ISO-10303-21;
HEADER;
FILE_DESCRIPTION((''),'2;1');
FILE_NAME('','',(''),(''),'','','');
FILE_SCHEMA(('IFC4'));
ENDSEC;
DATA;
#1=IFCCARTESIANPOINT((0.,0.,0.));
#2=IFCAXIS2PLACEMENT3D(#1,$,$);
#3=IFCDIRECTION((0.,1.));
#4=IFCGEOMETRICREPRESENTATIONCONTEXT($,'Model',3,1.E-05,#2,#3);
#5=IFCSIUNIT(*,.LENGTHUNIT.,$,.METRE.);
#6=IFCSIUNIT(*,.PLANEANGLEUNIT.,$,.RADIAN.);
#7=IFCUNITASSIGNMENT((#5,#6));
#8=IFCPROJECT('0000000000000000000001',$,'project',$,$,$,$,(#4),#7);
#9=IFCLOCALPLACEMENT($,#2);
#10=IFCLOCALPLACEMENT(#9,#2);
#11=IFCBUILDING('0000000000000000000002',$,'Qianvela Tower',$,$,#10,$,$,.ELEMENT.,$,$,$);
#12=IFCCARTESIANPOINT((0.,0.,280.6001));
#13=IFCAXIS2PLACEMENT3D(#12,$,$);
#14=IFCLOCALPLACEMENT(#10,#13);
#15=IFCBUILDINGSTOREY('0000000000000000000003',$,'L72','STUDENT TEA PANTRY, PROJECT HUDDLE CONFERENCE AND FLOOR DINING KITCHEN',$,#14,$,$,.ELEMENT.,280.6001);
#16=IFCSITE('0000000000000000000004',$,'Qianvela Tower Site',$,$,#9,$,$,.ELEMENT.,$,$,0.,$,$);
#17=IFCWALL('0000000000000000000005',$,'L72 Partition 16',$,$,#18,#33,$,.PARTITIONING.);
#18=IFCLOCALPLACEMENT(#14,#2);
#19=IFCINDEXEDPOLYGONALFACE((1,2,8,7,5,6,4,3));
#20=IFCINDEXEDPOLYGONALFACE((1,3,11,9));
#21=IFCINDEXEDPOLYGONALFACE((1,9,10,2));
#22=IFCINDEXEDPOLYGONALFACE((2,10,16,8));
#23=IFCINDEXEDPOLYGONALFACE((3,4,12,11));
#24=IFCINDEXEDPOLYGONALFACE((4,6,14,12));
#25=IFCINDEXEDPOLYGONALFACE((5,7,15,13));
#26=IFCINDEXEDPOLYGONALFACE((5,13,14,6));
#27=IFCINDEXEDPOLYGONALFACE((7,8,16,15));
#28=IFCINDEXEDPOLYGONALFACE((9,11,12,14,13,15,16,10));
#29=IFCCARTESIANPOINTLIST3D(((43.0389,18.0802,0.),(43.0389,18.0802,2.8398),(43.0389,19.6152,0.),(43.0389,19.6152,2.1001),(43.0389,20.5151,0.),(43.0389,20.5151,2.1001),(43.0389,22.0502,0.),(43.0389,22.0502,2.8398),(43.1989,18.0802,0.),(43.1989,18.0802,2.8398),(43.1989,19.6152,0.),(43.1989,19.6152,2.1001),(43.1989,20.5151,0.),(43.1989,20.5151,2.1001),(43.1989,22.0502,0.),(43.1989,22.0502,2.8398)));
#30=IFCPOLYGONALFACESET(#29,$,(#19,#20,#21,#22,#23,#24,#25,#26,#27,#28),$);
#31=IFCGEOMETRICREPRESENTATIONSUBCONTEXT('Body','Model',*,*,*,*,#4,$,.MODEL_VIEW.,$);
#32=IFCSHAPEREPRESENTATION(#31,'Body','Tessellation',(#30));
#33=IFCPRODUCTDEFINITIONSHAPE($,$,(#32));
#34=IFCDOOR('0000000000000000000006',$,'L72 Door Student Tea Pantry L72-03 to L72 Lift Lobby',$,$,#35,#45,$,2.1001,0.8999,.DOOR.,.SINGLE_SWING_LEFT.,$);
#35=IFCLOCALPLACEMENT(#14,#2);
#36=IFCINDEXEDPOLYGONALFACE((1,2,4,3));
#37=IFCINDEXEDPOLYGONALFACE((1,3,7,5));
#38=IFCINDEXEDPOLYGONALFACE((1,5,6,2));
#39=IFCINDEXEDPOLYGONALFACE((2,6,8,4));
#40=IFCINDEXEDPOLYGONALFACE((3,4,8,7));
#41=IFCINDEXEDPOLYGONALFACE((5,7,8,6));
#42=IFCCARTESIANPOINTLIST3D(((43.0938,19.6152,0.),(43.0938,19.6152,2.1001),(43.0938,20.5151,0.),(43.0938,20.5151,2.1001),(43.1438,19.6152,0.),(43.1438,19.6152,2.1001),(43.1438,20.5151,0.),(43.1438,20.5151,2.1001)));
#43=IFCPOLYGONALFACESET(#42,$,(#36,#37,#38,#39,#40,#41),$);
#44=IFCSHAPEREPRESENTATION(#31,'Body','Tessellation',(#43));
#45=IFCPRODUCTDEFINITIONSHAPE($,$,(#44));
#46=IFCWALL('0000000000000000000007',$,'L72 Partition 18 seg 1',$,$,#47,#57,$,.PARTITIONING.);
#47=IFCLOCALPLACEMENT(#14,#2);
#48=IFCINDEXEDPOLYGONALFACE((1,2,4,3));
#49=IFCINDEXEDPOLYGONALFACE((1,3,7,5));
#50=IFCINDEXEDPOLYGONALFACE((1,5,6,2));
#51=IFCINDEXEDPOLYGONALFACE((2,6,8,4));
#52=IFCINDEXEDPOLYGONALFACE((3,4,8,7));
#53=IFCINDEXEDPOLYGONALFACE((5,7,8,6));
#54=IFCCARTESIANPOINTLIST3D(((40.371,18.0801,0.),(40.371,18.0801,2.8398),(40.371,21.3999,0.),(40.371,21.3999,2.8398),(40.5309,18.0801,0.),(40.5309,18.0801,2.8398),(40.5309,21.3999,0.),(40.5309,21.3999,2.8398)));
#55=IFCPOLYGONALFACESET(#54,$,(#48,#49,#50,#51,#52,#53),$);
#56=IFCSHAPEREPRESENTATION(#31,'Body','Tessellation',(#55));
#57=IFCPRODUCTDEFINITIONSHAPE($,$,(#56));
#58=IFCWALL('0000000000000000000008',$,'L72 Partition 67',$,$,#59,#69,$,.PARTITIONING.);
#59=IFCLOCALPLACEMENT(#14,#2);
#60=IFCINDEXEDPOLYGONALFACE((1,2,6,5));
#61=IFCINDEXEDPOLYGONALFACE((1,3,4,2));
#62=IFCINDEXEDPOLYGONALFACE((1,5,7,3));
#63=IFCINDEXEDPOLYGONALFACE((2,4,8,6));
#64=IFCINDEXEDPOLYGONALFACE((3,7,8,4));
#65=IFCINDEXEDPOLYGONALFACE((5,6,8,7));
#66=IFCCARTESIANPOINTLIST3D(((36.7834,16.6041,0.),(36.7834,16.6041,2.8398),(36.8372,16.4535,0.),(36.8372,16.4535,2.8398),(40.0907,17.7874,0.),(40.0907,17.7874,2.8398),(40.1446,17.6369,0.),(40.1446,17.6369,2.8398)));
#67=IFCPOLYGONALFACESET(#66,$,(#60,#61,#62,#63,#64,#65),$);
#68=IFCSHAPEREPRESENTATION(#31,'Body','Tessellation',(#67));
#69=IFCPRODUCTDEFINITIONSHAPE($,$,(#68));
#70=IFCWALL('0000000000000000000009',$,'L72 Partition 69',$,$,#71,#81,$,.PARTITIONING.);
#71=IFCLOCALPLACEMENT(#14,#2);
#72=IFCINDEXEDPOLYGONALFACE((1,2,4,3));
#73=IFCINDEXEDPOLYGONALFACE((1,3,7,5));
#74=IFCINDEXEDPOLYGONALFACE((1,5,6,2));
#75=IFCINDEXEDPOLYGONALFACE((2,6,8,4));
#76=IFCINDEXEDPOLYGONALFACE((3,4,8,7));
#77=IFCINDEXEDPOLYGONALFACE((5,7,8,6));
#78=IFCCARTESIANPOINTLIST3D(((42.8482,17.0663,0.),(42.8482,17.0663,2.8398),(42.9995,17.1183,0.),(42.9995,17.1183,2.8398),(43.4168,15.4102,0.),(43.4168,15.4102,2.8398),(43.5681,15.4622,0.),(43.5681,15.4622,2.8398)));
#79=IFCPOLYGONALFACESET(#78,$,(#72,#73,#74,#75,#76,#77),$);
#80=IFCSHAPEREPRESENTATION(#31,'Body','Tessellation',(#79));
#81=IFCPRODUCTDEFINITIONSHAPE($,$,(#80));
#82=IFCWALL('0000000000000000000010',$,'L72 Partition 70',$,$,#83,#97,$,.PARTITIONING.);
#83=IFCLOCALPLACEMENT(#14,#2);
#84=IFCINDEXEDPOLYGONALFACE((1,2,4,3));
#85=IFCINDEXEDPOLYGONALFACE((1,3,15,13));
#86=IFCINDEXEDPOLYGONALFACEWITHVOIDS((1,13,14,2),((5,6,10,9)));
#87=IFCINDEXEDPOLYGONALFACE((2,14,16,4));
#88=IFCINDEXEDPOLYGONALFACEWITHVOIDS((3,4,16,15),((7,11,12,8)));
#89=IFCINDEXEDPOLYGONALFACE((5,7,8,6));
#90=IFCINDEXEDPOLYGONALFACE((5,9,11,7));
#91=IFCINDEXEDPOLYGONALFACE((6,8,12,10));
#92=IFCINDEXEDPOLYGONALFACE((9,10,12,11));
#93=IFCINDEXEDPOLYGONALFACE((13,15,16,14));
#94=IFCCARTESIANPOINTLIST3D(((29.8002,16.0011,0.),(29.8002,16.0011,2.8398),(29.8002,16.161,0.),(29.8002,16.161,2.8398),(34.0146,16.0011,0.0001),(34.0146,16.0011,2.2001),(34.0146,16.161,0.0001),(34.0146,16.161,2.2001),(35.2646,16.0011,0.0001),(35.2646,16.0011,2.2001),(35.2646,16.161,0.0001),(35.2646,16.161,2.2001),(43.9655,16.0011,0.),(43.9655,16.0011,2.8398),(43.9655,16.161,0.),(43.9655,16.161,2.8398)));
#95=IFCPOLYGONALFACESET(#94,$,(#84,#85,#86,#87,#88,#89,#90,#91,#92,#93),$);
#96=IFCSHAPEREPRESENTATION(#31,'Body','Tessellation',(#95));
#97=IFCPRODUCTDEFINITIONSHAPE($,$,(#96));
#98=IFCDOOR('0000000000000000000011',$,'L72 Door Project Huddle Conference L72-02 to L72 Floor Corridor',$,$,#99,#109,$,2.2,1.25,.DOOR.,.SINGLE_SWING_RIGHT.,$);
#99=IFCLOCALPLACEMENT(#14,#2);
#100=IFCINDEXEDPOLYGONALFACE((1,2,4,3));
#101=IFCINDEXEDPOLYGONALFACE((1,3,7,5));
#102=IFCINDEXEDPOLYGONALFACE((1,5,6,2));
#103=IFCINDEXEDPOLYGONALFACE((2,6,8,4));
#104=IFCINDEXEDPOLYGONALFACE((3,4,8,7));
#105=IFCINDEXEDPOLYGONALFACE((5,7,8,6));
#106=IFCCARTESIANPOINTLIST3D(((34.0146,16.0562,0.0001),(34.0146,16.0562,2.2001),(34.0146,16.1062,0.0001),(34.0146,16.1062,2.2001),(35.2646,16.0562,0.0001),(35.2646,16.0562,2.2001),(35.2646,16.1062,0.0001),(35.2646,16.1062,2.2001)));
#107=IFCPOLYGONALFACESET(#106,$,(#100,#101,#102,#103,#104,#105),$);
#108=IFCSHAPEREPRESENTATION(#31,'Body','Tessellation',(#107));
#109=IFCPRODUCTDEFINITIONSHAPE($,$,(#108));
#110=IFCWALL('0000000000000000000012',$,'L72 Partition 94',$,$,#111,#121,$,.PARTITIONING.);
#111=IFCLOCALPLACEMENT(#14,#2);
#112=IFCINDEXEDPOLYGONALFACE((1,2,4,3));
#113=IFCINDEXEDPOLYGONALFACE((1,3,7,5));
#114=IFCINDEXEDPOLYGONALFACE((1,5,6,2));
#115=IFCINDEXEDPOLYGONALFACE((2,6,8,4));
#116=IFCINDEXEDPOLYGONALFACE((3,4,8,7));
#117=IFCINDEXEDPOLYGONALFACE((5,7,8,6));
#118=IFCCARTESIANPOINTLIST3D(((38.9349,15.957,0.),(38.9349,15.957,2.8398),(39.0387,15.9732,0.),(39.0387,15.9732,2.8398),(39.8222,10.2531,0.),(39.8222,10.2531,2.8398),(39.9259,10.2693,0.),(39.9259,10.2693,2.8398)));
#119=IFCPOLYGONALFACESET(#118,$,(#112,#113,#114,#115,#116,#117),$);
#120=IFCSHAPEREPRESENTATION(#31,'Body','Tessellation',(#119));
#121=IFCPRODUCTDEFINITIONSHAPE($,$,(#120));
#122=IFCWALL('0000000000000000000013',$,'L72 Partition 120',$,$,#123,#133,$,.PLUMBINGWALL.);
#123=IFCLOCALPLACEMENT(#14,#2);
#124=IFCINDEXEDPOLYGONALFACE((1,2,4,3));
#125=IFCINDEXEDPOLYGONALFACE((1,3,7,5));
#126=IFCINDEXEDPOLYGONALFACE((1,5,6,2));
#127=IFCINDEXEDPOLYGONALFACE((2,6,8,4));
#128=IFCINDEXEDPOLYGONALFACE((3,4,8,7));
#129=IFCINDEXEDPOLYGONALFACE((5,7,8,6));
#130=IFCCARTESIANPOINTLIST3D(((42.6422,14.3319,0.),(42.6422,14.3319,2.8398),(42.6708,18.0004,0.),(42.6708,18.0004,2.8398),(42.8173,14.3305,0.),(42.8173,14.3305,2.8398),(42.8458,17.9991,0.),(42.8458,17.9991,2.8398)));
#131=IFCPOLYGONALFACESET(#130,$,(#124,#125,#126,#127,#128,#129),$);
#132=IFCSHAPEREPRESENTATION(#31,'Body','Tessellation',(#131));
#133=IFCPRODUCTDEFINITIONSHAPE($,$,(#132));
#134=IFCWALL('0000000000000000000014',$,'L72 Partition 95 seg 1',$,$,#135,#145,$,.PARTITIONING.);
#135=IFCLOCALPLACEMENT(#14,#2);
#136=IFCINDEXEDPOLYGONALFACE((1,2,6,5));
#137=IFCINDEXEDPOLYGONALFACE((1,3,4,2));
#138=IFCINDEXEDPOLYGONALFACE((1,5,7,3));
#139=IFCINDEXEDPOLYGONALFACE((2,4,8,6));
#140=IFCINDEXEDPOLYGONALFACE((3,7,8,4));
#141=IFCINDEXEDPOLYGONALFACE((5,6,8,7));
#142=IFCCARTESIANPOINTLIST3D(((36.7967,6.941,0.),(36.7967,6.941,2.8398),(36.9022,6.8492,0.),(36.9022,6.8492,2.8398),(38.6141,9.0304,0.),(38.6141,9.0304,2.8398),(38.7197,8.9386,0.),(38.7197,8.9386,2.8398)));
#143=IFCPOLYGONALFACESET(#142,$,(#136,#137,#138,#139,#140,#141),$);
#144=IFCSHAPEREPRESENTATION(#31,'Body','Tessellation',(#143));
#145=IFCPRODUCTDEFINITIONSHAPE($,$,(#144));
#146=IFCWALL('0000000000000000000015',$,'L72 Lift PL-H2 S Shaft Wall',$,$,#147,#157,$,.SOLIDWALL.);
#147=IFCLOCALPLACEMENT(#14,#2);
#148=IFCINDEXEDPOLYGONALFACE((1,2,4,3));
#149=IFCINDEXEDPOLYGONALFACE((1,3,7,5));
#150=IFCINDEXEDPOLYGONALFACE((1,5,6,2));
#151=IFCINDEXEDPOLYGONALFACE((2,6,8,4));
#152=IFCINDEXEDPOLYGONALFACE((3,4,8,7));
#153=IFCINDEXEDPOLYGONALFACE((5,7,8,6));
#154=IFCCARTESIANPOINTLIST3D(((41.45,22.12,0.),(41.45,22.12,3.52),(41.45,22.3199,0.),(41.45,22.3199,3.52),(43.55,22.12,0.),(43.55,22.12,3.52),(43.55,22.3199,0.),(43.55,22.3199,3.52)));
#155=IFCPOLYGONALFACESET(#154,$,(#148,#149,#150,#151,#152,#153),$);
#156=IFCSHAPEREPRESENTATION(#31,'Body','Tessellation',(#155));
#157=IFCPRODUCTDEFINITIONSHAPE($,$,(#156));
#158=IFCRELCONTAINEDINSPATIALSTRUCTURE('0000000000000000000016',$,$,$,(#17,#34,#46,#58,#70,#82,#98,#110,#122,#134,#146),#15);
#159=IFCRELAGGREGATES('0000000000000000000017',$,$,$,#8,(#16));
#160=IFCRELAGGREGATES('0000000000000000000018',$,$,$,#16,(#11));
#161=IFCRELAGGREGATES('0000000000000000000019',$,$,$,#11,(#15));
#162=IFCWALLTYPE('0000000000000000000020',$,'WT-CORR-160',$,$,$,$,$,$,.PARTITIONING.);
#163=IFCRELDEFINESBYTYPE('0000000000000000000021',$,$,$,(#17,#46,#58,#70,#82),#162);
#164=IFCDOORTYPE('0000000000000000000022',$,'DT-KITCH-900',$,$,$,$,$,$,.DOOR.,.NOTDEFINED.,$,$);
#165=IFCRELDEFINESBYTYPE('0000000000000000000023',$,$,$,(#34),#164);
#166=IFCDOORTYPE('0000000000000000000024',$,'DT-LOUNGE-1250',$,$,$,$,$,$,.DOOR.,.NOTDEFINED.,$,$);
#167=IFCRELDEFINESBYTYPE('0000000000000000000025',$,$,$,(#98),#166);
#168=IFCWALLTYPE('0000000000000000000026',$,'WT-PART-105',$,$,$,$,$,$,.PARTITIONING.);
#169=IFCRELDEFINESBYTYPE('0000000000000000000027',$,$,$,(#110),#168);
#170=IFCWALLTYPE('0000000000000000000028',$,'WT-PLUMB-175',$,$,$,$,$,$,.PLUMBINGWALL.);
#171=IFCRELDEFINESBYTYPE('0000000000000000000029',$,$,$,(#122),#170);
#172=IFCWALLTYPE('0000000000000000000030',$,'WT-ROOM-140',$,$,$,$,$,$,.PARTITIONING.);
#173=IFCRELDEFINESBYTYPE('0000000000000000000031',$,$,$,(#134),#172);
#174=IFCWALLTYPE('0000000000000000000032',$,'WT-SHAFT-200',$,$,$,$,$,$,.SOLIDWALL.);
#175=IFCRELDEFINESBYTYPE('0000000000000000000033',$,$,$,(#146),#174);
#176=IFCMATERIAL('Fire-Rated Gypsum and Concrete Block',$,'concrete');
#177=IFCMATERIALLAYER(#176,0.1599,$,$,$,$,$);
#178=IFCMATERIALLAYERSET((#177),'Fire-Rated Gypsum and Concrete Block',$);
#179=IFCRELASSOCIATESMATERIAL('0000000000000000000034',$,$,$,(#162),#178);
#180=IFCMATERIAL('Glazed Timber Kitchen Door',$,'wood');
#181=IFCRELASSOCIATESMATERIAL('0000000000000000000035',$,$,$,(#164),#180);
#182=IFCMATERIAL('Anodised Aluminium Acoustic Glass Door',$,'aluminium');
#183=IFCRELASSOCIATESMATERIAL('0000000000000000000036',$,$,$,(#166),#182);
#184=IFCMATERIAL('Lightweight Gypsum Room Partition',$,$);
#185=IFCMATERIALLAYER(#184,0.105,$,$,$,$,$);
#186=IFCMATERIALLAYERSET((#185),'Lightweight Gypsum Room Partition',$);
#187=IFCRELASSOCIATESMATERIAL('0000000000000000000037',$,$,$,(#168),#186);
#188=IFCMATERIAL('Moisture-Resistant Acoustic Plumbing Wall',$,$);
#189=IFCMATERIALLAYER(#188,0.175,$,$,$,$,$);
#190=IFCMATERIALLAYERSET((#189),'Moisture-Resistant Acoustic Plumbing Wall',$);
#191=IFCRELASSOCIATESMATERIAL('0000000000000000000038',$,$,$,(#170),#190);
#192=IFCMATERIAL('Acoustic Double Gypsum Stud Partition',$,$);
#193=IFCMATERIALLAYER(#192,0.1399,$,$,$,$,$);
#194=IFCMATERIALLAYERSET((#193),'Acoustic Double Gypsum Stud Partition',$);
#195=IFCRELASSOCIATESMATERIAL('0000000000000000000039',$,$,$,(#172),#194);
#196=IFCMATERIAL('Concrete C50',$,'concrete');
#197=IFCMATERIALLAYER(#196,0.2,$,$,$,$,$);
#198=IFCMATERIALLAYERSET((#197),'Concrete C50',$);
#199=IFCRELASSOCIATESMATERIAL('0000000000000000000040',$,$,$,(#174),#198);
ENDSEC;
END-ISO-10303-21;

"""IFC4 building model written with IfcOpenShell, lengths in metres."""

from ifc_helpers import new_model, si_unit, direction, frame, frame_2d, origin, place, context, subcontext, project, spatial, rectangle, extrude, material, layer, layer_set, type_object, element, fill, save


model = new_model("IFC4")

# Units and contexts
model_context = context("Model", 3, precision=1e-05, world=origin(), true_north=direction((0.0, 1.0)))
body_context = subcontext(model_context, "Body", "Model", "MODEL_VIEW")
ifc_project = project(units=[si_unit("LENGTHUNIT", "METRE"), si_unit("PLANEANGLEUNIT", "RADIAN")], contexts=[model_context])

# Site, building, storey
site_placement = place(None, origin())
site = spatial("IfcSite", under=ifc_project, at=site_placement, Name="Qianvela Tower Site", CompositionType="ELEMENT", RefElevation=0.0)
building_placement = place(site_placement, origin())
building = spatial("IfcBuilding", under=site, at=building_placement, Name="Qianvela Tower", CompositionType="ELEMENT")
storey_placement = place(building_placement, frame((0.0, 0.0, 280.6001)))
storey = spatial("IfcBuildingStorey", under=building, at=storey_placement, Name="L72", Description="STUDENT TEA PANTRY, PROJECT HUDDLE CONFERENCE AND FLOOR DINING KITCHEN", CompositionType="ELEMENT", Elevation=280.6001)

# Shared definitions
ifc_material_1 = material(Name="Fire-Rated Gypsum and Concrete Block", Category="concrete")
ifc_layer_1 = layer(ifc_material_1, 0.1599)
ifc_layer_set_1 = layer_set([ifc_layer_1], Name="Fire-Rated Gypsum and Concrete Block")
wall_type_1 = type_object("IfcWallType", Name="WT-CORR-160", PredefinedType="PARTITIONING", material=ifc_layer_set_1)

# Wall, opening, door
wall_1_placement = place(storey_placement, frame((43.1189, 22.05, 0.0), z_axis=(0.0, 0.0, 1.0), x_axis=(0.0, -1.0, 0.0)))
wall_1 = element("IfcWall", 1, at=wall_1_placement, inside=storey, type_object=wall_type_1, Name="L72 Partition 16", PredefinedType="PARTITIONING", context=body_context, shape_type="SweptSolid", body=[
    extrude(rectangle(XDim=3.97, YDim=0.1599, at=frame_2d((1.9849, 0.0))), origin(), (0.0, 0.0, 1.0), 2.8398),
])
opening_1_placement = place(wall_1_placement, frame((1.5349, 0.0, 0.0)))
opening_1 = element("IfcOpeningElement", 2, at=opening_1_placement, cuts=wall_1, PredefinedType="OPENING", context=body_context, shape_type="SweptSolid", body=[
    extrude(rectangle(XDim=0.8999, YDim=2.1001, at=frame_2d((0.45, 1.05))), frame((0.0, 0.0898, 0.0), z_axis=(0.0, -1.0, 0.0), x_axis=(1.0, 0.0, 0.0)), (0.0, 0.0, 1.0), 0.1799),
])
ifc_material_2 = material(Name="Glazed Timber Kitchen Door", Category="wood")
door_type_1 = type_object("IfcDoorType", Name="DT-KITCH-900", OperationType="NOTDEFINED", PredefinedType="DOOR", material=ifc_material_2)
door_1_placement = place(opening_1_placement, origin())
door_1 = element("IfcDoor", 3, at=door_1_placement, inside=storey, type_object=door_type_1, Name="L72 Door Student Tea Pantry L72-03 to L72 Lift Lobby", OperationType="SINGLE_SWING_LEFT", OverallHeight=2.1001, OverallWidth=0.8999, PredefinedType="DOOR", context=body_context, shape_type="SweptSolid", body=[
    extrude(rectangle(XDim=0.8999, YDim=2.1001, at=frame_2d((0.45, 1.05))), frame((0.0, 0.0249, 0.0), z_axis=(0.0, -1.0, 0.0), x_axis=(1.0, 0.0, 0.0)), (0.0, 0.0, 1.0), 0.05),
])
fill(opening_1, door_1)

# Walls
wall_2_placement = place(storey_placement, frame((40.4509, 18.0801, 0.0), z_axis=(0.0, 0.0, 1.0), x_axis=(0.0, 1.0, 0.0)))
element("IfcWall", 4, at=wall_2_placement, inside=storey, type_object=wall_type_1, Name="L72 Partition 18 seg 1", PredefinedType="PARTITIONING", context=body_context, shape_type="SweptSolid", body=[
    extrude(rectangle(XDim=3.3198, YDim=0.1599, at=frame_2d((1.6599, 0.0))), origin(), (0.0, 0.0, 1.0), 2.8398),
])
wall_3_placement = place(storey_placement, frame((36.8103, 16.5288, 0.0), z_axis=(0.0, 0.0, 1.0), x_axis=(0.941548, 0.336878, 0.0)))
element("IfcWall", 5, at=wall_3_placement, inside=storey, type_object=wall_type_1, Name="L72 Partition 67", PredefinedType="PARTITIONING", context=body_context, shape_type="SweptSolid", body=[
    extrude(rectangle(XDim=3.5127, YDim=0.1599, at=frame_2d((1.7563, 0.0))), origin(), (0.0, 0.0, 1.0), 2.8398),
])
wall_4_placement = place(storey_placement, frame((42.9238, 17.0923, 0.0), z_axis=(0.0, 0.0, 1.0), x_axis=(0.324749, -0.9458, 0.0)))
element("IfcWall", 6, at=wall_4_placement, inside=storey, type_object=wall_type_1, Name="L72 Partition 69", PredefinedType="PARTITIONING", context=body_context, shape_type="SweptSolid", body=[
    extrude(rectangle(XDim=1.751, YDim=0.1599, at=frame_2d((0.8755, 0.0))), origin(), (0.0, 0.0, 1.0), 2.8398),
])

# Wall, opening, door
wall_5_placement = place(storey_placement, frame((43.9653, 16.0811, 0.0), z_axis=(0.0, 0.0, 1.0), x_axis=(-1.0, 0.0, 0.0)))
wall_5 = element("IfcWall", 7, at=wall_5_placement, inside=storey, type_object=wall_type_1, Name="L72 Partition 70", PredefinedType="PARTITIONING", context=body_context, shape_type="SweptSolid", body=[
    extrude(rectangle(XDim=14.1653, YDim=0.1599, at=frame_2d((7.0825, 0.0))), origin(), (0.0, 0.0, 1.0), 2.8398),
])
opening_2_placement = place(wall_5_placement, frame((8.7007, 0.0, 0.0)))
opening_2 = element("IfcOpeningElement", 8, at=opening_2_placement, cuts=wall_5, PredefinedType="OPENING", context=body_context, shape_type="SweptSolid", body=[
    extrude(rectangle(XDim=1.25, YDim=2.2, at=frame_2d((0.625, 1.1001))), frame((0.0, 0.0898, 0.0), z_axis=(0.0, -1.0, 0.0), x_axis=(1.0, 0.0, 0.0)), (0.0, 0.0, 1.0), 0.1799),
])
ifc_material_3 = material(Name="Anodised Aluminium Acoustic Glass Door", Category="aluminium")
door_type_2 = type_object("IfcDoorType", Name="DT-LOUNGE-1250", OperationType="NOTDEFINED", PredefinedType="DOOR", material=ifc_material_3)
door_2_placement = place(opening_2_placement, origin())
door_2 = element("IfcDoor", 9, at=door_2_placement, inside=storey, type_object=door_type_2, Name="L72 Door Project Huddle Conference L72-02 to L72 Floor Corridor", OperationType="SINGLE_SWING_RIGHT", OverallHeight=2.2, OverallWidth=1.25, PredefinedType="DOOR", context=body_context, shape_type="SweptSolid", body=[
    extrude(rectangle(XDim=1.25, YDim=2.2, at=frame_2d((0.625, 1.1001))), frame((0.0, 0.0249, 0.0), z_axis=(0.0, -1.0, 0.0), x_axis=(1.0, 0.0, 0.0)), (0.0, 0.0, 1.0), 0.05),
])
fill(opening_2, door_2)

# Walls
ifc_material_4 = material(Name="Lightweight Gypsum Room Partition")
ifc_layer_2 = layer(ifc_material_4, 0.105)
ifc_layer_set_2 = layer_set([ifc_layer_2], Name="Lightweight Gypsum Room Partition")
wall_type_2 = type_object("IfcWallType", Name="WT-PART-105", PredefinedType="PARTITIONING", material=ifc_layer_set_2)
wall_6_placement = place(storey_placement, frame((38.9868, 15.9651, 0.0), z_axis=(0.0, 0.0, 1.0), x_axis=(0.153697, -0.988118, 0.0)))
element("IfcWall", 10, at=wall_6_placement, inside=storey, type_object=wall_type_2, Name="L72 Partition 94", PredefinedType="PARTITIONING", context=body_context, shape_type="SweptSolid", body=[
    extrude(rectangle(XDim=5.7725, YDim=0.105, at=frame_2d((2.8862, 0.0))), origin(), (0.0, 0.0, 1.0), 2.8398),
])
ifc_material_5 = material(Name="Moisture-Resistant Acoustic Plumbing Wall")
ifc_layer_3 = layer(ifc_material_5, 0.175)
ifc_layer_set_3 = layer_set([ifc_layer_3], Name="Moisture-Resistant Acoustic Plumbing Wall")
wall_type_3 = type_object("IfcWallType", Name="WT-PLUMB-175", PredefinedType="PLUMBINGWALL", material=ifc_layer_set_3)
wall_7_placement = place(storey_placement, frame((42.7297, 14.3311, 0.0), z_axis=(0.0, 0.0, 1.0), x_axis=(0.007786, 0.99997, 0.0)))
element("IfcWall", 11, at=wall_7_placement, inside=storey, type_object=wall_type_3, Name="L72 Partition 120", PredefinedType="PLUMBINGWALL", context=body_context, shape_type="SweptSolid", body=[
    extrude(rectangle(XDim=3.6687, YDim=0.175, at=frame_2d((1.8345, 0.0))), origin(), (0.0, 0.0, 1.0), 2.8398),
])
ifc_material_6 = material(Name="Acoustic Double Gypsum Stud Partition")
ifc_layer_4 = layer(ifc_material_6, 0.1399)
ifc_layer_set_4 = layer_set([ifc_layer_4], Name="Acoustic Double Gypsum Stud Partition")
wall_type_4 = type_object("IfcWallType", Name="WT-ROOM-140", PredefinedType="PARTITIONING", material=ifc_layer_set_4)
wall_8_placement = place(storey_placement, frame((38.667, 8.9846, 0.0), z_axis=(0.0, 0.0, 1.0), x_axis=(-0.656292, -0.754507, 0.0)))
element("IfcWall", 12, at=wall_8_placement, inside=storey, type_object=wall_type_4, Name="L72 Partition 95 seg 1", PredefinedType="PARTITIONING", context=body_context, shape_type="SweptSolid", body=[
    extrude(rectangle(XDim=2.7693, YDim=0.1399, at=frame_2d((1.3848, 0.0))), origin(), (0.0, 0.0, 1.0), 2.8398),
])

# Shared definitions
ifc_material_7 = material(Name="Concrete C50", Category="concrete")
ifc_layer_5 = layer(ifc_material_7, 0.2)
ifc_layer_set_5 = layer_set([ifc_layer_5], Name="Concrete C50")
wall_type_5 = type_object("IfcWallType", Name="WT-SHAFT-200", PredefinedType="SOLIDWALL", material=ifc_layer_set_5)

# Wall
wall_9_placement = place(storey_placement, frame((41.45, 22.22, 0.0), z_axis=(0.0, 0.0, 1.0), x_axis=(1.0, 0.0, 0.0)))
element("IfcWall", 13, at=wall_9_placement, inside=storey, type_object=wall_type_5, Name="L72 Lift PL-H2 S Shaft Wall", PredefinedType="SOLIDWALL", context=body_context, shape_type="SweptSolid", body=[
    extrude(rectangle(XDim=2.1001, YDim=0.2, at=frame_2d((1.05, 0.0))), origin(), (0.0, 0.0, 1.0), 3.52),
])

save(model, "model.ifc")
